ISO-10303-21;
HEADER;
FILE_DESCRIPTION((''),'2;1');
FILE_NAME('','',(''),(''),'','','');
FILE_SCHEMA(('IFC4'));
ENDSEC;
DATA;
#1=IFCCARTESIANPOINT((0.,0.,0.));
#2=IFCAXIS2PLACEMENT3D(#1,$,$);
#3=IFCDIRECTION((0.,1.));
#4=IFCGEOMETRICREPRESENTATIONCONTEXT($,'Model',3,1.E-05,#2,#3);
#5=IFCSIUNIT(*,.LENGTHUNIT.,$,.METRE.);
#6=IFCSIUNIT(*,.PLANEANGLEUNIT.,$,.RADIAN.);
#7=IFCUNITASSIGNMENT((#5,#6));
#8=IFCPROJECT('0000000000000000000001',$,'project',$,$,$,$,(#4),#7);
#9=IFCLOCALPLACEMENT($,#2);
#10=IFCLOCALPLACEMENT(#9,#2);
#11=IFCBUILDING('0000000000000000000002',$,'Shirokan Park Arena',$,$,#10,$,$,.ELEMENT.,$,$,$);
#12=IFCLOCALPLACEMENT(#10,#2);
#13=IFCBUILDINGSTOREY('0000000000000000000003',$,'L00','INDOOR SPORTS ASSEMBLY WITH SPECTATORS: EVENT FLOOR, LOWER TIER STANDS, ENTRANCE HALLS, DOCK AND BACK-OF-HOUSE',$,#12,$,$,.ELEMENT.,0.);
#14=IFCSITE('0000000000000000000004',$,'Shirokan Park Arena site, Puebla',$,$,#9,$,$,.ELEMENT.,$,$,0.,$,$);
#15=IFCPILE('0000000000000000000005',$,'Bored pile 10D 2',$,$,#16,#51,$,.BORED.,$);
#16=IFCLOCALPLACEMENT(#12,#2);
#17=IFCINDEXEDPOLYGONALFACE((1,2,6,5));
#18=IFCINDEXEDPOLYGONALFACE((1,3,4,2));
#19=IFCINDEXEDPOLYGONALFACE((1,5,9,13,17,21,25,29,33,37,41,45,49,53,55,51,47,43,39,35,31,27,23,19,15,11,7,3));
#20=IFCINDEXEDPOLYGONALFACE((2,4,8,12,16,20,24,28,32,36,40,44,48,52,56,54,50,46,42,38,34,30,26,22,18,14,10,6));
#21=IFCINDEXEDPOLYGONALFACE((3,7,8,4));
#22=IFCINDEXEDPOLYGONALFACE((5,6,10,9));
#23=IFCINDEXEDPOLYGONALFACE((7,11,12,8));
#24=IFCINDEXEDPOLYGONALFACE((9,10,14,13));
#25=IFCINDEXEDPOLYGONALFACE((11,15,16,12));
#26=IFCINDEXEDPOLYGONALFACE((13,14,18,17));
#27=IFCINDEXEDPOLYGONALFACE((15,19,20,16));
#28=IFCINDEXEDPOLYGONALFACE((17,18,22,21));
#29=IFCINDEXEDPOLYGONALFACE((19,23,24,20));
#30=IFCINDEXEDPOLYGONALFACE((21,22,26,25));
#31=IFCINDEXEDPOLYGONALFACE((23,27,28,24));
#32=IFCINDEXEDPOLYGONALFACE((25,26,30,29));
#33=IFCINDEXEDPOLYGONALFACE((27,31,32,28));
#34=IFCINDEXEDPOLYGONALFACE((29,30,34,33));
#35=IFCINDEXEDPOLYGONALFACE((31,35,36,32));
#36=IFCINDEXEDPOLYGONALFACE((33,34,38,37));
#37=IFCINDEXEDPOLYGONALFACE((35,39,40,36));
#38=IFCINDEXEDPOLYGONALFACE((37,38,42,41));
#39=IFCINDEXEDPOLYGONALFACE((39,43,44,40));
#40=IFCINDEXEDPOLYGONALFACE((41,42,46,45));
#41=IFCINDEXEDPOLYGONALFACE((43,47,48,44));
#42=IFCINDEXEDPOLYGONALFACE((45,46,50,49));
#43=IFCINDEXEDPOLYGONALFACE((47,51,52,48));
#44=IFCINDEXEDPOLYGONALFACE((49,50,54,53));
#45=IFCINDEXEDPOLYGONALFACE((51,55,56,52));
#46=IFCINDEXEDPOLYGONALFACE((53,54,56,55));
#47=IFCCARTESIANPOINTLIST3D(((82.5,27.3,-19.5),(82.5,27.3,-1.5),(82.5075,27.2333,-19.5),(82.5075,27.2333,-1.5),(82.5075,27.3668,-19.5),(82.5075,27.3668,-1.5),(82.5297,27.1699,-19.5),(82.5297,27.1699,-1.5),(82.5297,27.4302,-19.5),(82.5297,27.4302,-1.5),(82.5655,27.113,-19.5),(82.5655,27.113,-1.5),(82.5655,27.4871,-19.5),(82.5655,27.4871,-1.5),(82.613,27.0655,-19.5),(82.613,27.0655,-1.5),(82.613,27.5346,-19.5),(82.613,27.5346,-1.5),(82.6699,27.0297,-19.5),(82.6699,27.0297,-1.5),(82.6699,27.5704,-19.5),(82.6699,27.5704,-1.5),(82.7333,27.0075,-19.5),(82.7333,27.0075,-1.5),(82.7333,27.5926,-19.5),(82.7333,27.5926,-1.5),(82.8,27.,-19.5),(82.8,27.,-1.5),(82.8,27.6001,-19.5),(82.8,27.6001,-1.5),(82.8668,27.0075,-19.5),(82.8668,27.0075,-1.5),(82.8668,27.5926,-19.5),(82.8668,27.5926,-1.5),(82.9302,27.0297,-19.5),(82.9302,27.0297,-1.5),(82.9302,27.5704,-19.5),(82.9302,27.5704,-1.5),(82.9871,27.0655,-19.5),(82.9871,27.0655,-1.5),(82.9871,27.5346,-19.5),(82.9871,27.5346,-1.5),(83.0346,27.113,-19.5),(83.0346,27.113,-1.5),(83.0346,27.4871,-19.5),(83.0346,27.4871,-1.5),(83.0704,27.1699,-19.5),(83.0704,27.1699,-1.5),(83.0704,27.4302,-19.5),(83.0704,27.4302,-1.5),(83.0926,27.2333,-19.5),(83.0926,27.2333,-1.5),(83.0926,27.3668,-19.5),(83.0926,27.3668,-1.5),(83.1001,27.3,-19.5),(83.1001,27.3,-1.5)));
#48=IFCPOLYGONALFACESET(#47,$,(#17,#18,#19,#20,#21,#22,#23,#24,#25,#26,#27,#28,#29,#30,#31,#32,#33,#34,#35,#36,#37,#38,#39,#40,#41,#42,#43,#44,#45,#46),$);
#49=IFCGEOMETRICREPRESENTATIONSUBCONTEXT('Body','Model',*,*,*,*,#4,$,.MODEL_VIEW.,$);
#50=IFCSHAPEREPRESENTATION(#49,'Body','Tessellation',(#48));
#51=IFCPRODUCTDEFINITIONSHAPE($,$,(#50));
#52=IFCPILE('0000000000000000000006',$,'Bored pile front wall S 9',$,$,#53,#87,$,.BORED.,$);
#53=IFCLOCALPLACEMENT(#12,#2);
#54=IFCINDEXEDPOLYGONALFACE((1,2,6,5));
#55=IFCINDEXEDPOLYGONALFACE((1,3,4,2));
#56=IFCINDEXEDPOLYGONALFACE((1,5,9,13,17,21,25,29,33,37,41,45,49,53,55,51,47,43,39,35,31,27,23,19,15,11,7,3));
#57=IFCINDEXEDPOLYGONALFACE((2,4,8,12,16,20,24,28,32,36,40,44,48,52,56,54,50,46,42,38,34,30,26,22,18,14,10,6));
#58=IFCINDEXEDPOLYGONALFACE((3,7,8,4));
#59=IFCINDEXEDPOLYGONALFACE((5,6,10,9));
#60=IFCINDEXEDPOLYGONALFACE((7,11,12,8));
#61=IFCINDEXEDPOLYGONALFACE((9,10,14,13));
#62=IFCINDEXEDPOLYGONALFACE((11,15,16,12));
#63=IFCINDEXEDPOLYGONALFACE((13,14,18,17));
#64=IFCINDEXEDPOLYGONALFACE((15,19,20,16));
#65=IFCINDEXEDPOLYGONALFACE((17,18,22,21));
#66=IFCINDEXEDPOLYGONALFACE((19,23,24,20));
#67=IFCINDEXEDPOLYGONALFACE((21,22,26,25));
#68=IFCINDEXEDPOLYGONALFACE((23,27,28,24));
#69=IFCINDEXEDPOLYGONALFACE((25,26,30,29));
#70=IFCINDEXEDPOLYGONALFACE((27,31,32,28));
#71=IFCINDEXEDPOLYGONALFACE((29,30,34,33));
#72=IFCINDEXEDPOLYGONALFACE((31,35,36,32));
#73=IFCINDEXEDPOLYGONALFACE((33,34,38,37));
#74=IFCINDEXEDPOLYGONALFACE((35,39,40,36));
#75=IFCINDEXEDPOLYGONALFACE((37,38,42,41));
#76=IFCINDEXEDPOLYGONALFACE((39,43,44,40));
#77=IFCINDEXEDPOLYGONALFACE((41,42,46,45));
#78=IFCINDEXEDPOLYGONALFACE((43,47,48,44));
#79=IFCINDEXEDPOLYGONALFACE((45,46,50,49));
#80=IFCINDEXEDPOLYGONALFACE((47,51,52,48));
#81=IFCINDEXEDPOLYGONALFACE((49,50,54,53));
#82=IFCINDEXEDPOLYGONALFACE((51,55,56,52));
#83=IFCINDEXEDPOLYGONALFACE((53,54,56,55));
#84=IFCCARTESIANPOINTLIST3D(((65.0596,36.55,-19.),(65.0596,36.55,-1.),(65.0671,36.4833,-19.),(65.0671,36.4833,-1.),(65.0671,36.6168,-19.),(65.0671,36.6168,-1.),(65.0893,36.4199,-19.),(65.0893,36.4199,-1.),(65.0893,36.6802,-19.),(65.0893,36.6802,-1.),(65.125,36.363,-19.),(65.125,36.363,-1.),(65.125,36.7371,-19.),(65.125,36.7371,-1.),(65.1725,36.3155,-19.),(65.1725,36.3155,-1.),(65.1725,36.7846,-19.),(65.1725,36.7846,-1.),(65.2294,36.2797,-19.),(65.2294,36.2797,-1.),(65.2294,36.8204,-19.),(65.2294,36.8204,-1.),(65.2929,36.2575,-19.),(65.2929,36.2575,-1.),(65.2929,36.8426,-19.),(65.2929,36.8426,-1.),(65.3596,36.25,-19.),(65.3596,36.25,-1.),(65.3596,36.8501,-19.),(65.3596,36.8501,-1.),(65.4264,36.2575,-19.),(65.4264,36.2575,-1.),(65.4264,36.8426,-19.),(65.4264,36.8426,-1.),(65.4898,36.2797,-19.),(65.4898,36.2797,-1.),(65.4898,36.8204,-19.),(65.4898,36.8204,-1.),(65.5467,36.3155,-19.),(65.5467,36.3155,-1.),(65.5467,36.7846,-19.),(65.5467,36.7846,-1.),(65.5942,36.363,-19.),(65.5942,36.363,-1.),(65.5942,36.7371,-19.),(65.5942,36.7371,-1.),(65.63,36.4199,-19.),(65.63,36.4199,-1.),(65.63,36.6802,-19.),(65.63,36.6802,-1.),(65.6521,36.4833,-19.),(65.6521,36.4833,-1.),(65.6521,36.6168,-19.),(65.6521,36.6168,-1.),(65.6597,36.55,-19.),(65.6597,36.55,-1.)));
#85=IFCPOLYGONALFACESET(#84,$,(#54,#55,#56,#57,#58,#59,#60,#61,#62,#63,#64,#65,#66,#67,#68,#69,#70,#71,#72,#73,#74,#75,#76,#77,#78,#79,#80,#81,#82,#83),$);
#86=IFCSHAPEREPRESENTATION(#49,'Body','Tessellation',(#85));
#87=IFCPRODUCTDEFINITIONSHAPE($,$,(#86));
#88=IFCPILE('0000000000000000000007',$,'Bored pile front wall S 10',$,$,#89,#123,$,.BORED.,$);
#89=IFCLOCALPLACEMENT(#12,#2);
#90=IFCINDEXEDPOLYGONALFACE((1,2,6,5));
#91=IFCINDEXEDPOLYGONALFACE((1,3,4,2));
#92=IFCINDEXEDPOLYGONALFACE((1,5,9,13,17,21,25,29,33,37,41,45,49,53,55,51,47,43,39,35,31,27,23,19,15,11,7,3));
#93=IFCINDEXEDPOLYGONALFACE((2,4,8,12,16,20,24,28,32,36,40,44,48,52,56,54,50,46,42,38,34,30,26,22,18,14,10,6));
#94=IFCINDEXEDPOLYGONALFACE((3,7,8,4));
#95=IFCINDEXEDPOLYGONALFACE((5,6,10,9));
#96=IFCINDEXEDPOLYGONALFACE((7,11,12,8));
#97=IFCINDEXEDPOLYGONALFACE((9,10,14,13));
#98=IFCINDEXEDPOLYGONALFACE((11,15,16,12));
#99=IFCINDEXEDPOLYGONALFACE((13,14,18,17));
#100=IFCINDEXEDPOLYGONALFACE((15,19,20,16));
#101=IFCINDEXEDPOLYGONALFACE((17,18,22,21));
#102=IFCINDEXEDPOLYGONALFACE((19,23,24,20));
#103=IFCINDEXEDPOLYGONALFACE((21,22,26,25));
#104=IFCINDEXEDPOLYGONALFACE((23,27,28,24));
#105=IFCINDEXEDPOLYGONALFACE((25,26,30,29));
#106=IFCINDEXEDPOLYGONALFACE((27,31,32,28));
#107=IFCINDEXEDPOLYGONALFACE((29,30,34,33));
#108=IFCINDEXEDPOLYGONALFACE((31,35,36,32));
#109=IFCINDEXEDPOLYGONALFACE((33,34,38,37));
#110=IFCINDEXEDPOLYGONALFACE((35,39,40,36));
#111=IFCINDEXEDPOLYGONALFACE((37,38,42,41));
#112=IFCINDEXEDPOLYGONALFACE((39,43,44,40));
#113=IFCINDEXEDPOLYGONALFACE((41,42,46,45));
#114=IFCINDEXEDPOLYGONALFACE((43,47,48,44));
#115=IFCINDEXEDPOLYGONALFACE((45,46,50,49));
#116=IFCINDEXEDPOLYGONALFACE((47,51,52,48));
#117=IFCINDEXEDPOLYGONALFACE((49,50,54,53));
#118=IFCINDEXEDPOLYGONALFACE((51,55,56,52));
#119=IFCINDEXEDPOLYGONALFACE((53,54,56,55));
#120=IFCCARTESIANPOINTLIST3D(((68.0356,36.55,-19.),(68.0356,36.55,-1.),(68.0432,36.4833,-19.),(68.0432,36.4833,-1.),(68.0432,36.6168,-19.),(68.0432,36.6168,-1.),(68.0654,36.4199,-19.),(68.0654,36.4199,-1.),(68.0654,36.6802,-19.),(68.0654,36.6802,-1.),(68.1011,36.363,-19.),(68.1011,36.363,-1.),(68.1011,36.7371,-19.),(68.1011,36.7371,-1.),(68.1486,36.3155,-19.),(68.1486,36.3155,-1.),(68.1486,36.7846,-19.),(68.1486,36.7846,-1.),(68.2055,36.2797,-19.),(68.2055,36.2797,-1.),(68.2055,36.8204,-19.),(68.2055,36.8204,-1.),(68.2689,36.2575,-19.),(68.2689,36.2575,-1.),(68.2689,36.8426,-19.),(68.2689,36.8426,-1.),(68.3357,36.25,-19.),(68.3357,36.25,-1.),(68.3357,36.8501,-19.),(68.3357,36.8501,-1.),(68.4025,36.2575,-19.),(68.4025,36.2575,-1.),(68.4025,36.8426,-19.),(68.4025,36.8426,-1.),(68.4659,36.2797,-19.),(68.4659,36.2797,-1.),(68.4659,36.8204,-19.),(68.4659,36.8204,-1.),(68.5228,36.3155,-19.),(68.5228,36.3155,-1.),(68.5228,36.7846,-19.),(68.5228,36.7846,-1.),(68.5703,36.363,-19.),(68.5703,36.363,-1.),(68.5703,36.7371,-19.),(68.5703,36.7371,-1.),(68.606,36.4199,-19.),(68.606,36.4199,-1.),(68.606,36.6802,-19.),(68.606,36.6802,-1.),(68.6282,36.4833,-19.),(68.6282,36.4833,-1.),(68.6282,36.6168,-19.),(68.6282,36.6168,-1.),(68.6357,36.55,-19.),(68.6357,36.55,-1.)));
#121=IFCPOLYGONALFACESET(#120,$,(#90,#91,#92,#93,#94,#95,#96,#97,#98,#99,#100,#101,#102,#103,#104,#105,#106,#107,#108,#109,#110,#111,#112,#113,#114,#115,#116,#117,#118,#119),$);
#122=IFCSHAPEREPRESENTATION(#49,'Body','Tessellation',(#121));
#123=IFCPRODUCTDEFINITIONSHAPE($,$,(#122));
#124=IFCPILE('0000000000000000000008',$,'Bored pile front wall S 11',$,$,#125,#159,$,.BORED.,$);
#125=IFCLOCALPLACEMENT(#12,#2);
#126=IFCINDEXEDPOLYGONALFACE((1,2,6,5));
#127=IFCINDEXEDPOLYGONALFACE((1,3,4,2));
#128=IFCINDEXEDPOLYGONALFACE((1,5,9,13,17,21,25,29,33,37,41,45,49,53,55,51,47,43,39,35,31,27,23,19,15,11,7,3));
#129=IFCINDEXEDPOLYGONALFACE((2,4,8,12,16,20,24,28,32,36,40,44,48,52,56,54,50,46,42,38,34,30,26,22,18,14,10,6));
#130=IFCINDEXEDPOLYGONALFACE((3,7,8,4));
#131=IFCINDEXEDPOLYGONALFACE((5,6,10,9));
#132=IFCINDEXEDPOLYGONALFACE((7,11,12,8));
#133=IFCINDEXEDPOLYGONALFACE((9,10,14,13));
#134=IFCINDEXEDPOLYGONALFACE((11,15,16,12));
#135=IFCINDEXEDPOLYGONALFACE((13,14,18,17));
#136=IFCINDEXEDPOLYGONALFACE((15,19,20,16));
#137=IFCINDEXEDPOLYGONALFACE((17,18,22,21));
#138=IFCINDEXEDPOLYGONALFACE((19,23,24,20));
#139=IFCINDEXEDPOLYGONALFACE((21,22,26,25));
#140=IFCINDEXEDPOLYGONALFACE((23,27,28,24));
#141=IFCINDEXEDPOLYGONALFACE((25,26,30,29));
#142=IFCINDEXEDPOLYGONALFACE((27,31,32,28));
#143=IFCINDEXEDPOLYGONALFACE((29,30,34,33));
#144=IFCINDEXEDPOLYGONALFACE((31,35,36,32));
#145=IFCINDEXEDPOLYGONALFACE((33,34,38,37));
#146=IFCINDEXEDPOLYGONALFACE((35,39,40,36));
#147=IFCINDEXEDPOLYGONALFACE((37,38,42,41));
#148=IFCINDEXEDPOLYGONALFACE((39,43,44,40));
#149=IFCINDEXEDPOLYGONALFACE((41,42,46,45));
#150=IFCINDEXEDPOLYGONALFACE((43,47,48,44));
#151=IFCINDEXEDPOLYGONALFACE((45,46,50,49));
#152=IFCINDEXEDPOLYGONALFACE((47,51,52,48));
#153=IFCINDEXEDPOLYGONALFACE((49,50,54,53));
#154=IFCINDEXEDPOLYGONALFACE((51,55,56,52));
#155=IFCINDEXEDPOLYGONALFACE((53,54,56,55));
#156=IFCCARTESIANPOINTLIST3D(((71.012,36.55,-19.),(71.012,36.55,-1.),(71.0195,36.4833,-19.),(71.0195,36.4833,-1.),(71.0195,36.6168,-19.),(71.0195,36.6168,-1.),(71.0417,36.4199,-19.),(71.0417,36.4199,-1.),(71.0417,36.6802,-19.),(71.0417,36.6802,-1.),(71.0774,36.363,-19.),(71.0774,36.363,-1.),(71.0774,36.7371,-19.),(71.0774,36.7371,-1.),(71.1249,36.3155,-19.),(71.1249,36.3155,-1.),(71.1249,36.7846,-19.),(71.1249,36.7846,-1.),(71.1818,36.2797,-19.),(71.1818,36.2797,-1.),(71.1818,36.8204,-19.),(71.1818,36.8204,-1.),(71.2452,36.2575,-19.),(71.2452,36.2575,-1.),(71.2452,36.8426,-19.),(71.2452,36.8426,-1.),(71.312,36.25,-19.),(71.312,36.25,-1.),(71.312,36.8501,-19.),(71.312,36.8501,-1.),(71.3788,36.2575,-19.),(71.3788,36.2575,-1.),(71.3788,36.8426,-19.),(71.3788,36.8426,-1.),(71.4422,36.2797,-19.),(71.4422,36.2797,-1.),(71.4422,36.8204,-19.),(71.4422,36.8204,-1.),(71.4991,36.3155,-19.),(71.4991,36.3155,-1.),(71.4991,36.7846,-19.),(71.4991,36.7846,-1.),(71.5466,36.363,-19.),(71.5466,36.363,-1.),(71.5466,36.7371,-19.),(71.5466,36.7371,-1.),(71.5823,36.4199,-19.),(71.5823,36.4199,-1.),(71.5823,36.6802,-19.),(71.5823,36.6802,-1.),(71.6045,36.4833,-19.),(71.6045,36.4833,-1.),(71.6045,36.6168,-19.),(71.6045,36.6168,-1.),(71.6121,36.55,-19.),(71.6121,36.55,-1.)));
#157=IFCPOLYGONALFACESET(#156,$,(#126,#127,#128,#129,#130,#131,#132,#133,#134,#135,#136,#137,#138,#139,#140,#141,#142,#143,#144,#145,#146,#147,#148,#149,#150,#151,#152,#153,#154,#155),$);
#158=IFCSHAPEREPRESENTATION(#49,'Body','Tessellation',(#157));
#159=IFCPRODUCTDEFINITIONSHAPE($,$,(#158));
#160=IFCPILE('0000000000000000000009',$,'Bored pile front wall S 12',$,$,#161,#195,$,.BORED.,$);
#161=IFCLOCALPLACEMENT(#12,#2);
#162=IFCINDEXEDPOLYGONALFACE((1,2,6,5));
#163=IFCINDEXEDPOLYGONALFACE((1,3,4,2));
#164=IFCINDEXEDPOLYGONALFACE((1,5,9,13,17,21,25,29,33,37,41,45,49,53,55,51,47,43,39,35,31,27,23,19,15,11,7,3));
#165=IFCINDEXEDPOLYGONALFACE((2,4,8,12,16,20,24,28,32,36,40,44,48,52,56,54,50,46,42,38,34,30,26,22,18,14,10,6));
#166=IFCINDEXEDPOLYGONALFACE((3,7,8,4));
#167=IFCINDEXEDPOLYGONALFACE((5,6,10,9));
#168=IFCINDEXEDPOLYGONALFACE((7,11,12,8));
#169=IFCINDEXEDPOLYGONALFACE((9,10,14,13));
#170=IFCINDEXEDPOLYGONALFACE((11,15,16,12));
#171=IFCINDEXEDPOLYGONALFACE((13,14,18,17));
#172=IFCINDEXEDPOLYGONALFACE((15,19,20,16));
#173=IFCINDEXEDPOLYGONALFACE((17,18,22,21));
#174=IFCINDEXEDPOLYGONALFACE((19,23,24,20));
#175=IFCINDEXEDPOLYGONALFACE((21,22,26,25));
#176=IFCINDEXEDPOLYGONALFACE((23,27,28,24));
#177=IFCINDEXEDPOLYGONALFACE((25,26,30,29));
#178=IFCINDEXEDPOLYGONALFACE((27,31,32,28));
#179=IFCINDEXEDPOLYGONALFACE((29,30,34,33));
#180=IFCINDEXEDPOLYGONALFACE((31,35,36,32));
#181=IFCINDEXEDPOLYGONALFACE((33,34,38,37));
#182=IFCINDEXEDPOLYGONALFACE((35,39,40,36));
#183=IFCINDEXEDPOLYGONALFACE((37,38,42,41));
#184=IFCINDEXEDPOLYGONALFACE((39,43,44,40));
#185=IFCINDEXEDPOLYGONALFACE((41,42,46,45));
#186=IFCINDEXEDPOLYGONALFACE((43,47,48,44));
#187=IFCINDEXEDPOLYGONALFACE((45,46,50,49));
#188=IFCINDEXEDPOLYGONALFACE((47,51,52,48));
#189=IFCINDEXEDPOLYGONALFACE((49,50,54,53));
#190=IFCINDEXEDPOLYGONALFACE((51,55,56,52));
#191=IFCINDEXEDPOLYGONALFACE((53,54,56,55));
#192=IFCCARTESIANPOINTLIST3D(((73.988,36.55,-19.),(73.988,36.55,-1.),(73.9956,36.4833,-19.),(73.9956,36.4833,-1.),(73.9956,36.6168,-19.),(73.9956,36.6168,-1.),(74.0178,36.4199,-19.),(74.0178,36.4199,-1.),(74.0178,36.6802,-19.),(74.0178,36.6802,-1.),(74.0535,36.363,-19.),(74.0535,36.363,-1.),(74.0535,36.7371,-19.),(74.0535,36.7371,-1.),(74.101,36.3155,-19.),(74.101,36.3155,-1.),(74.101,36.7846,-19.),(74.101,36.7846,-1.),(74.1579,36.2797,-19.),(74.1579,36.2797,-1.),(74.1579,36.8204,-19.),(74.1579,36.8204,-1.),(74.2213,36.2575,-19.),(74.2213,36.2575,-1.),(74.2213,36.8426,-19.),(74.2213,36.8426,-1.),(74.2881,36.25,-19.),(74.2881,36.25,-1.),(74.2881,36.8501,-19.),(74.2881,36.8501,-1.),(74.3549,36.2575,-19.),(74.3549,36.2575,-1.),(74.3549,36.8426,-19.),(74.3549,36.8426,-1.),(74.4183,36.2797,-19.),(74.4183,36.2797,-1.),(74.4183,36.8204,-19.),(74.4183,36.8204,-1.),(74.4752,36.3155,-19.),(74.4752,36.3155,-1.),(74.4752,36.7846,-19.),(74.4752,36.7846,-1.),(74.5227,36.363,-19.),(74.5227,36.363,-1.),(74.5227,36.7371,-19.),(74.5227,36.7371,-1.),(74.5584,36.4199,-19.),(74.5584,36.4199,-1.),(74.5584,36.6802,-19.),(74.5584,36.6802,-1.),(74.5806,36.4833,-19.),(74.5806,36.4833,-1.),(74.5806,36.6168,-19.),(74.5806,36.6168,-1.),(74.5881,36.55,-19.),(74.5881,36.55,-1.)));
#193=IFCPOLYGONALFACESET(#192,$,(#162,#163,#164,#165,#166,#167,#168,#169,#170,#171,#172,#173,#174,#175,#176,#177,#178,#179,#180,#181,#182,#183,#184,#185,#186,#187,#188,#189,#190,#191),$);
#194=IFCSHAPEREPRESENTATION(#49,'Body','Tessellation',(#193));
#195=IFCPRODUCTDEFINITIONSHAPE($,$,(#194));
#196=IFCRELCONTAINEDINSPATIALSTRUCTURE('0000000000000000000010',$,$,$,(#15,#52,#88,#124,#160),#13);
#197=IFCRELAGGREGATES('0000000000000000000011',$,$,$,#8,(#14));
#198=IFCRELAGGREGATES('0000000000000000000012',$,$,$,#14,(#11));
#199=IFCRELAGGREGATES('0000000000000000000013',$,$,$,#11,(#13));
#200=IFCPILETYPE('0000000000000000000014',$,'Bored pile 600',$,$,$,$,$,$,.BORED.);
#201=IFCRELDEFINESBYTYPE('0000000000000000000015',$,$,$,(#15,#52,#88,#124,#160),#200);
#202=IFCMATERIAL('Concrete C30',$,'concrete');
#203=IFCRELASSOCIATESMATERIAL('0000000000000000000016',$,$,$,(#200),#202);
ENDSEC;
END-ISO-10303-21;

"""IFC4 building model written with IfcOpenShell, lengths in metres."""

from ifc_helpers import new_model, si_unit, direction, frame, origin, origin_2d, place, context, subcontext, project, spatial, circle, extrude, material, material_profile, profile_set, type_object, element, save


model = new_model("IFC4")

# Units and contexts
model_context = context("Model", 3, precision=1e-05, world=origin(), true_north=direction((0.0, 1.0)))
body_context = subcontext(model_context, "Body", "Model", "MODEL_VIEW")
ifc_project = project(units=[si_unit("LENGTHUNIT", "METRE"), si_unit("PLANEANGLEUNIT", "RADIAN")], contexts=[model_context])

# Site, building, storey
site_placement = place(None, origin())
site = spatial("IfcSite", under=ifc_project, at=site_placement, Name="Shirokan Park Arena site, Puebla", CompositionType="ELEMENT", RefElevation=0.0)
building_placement = place(site_placement, origin())
building = spatial("IfcBuilding", under=site, at=building_placement, Name="Shirokan Park Arena", CompositionType="ELEMENT")
storey_placement = place(building_placement, origin())
storey = spatial("IfcBuildingStorey", under=building, at=storey_placement, Name="L00", Description="INDOOR SPORTS ASSEMBLY WITH SPECTATORS: EVENT FLOOR, LOWER TIER STANDS, ENTRANCE HALLS, DOCK AND BACK-OF-HOUSE", CompositionType="ELEMENT", Elevation=0.0)

# Piles
ifc_material_1 = material(Name="Concrete C30", Category="concrete")
ifc_material_profile_1 = material_profile(ifc_material_1, circle(Radius=0.3, at=origin_2d()), Name="D600")
ifc_profile_set_1 = profile_set([ifc_material_profile_1], Name="Concrete C30")
pile_type = type_object("IfcPileType", Name="Bored pile 600", PredefinedType="BORED", material=ifc_profile_set_1)
for number, where, z_axis, x_axis, name in (
    (1, (82.8, 27.3, -1.5), (0.0, 0.0, -1.0), (1.0, 0.0, 0.0), "Bored pile 10D 2"),
    (2, (65.3596, 36.55, -1.0), (0.0, 0.0, -1.0), (1.0, 0.0, 0.0), "Bored pile front wall S 9"),
    (3, (68.3357, 36.55, -1.0), (0.0, 0.0, -1.0), (1.0, 0.0, 0.0), "Bored pile front wall S 10"),
    (4, (71.312, 36.55, -1.0), (0.0, 0.0, -1.0), (1.0, 0.0, 0.0), "Bored pile front wall S 11"),
    (5, (74.2881, 36.55, -1.0), (0.0, 0.0, -1.0), (1.0, 0.0, 0.0), "Bored pile front wall S 12"),
):
    element("IfcPile", number, at=place(storey_placement, frame(where, z_axis=z_axis, x_axis=x_axis)), inside=storey, type_object=pile_type, Name=name, PredefinedType="BORED", context=body_context, shape_type="SweptSolid", body=[
        extrude(circle(Radius=0.3, at=origin_2d()), origin(), (0.0, 0.0, 1.0), 18.0),
    ])

save(model, "model.ifc")
